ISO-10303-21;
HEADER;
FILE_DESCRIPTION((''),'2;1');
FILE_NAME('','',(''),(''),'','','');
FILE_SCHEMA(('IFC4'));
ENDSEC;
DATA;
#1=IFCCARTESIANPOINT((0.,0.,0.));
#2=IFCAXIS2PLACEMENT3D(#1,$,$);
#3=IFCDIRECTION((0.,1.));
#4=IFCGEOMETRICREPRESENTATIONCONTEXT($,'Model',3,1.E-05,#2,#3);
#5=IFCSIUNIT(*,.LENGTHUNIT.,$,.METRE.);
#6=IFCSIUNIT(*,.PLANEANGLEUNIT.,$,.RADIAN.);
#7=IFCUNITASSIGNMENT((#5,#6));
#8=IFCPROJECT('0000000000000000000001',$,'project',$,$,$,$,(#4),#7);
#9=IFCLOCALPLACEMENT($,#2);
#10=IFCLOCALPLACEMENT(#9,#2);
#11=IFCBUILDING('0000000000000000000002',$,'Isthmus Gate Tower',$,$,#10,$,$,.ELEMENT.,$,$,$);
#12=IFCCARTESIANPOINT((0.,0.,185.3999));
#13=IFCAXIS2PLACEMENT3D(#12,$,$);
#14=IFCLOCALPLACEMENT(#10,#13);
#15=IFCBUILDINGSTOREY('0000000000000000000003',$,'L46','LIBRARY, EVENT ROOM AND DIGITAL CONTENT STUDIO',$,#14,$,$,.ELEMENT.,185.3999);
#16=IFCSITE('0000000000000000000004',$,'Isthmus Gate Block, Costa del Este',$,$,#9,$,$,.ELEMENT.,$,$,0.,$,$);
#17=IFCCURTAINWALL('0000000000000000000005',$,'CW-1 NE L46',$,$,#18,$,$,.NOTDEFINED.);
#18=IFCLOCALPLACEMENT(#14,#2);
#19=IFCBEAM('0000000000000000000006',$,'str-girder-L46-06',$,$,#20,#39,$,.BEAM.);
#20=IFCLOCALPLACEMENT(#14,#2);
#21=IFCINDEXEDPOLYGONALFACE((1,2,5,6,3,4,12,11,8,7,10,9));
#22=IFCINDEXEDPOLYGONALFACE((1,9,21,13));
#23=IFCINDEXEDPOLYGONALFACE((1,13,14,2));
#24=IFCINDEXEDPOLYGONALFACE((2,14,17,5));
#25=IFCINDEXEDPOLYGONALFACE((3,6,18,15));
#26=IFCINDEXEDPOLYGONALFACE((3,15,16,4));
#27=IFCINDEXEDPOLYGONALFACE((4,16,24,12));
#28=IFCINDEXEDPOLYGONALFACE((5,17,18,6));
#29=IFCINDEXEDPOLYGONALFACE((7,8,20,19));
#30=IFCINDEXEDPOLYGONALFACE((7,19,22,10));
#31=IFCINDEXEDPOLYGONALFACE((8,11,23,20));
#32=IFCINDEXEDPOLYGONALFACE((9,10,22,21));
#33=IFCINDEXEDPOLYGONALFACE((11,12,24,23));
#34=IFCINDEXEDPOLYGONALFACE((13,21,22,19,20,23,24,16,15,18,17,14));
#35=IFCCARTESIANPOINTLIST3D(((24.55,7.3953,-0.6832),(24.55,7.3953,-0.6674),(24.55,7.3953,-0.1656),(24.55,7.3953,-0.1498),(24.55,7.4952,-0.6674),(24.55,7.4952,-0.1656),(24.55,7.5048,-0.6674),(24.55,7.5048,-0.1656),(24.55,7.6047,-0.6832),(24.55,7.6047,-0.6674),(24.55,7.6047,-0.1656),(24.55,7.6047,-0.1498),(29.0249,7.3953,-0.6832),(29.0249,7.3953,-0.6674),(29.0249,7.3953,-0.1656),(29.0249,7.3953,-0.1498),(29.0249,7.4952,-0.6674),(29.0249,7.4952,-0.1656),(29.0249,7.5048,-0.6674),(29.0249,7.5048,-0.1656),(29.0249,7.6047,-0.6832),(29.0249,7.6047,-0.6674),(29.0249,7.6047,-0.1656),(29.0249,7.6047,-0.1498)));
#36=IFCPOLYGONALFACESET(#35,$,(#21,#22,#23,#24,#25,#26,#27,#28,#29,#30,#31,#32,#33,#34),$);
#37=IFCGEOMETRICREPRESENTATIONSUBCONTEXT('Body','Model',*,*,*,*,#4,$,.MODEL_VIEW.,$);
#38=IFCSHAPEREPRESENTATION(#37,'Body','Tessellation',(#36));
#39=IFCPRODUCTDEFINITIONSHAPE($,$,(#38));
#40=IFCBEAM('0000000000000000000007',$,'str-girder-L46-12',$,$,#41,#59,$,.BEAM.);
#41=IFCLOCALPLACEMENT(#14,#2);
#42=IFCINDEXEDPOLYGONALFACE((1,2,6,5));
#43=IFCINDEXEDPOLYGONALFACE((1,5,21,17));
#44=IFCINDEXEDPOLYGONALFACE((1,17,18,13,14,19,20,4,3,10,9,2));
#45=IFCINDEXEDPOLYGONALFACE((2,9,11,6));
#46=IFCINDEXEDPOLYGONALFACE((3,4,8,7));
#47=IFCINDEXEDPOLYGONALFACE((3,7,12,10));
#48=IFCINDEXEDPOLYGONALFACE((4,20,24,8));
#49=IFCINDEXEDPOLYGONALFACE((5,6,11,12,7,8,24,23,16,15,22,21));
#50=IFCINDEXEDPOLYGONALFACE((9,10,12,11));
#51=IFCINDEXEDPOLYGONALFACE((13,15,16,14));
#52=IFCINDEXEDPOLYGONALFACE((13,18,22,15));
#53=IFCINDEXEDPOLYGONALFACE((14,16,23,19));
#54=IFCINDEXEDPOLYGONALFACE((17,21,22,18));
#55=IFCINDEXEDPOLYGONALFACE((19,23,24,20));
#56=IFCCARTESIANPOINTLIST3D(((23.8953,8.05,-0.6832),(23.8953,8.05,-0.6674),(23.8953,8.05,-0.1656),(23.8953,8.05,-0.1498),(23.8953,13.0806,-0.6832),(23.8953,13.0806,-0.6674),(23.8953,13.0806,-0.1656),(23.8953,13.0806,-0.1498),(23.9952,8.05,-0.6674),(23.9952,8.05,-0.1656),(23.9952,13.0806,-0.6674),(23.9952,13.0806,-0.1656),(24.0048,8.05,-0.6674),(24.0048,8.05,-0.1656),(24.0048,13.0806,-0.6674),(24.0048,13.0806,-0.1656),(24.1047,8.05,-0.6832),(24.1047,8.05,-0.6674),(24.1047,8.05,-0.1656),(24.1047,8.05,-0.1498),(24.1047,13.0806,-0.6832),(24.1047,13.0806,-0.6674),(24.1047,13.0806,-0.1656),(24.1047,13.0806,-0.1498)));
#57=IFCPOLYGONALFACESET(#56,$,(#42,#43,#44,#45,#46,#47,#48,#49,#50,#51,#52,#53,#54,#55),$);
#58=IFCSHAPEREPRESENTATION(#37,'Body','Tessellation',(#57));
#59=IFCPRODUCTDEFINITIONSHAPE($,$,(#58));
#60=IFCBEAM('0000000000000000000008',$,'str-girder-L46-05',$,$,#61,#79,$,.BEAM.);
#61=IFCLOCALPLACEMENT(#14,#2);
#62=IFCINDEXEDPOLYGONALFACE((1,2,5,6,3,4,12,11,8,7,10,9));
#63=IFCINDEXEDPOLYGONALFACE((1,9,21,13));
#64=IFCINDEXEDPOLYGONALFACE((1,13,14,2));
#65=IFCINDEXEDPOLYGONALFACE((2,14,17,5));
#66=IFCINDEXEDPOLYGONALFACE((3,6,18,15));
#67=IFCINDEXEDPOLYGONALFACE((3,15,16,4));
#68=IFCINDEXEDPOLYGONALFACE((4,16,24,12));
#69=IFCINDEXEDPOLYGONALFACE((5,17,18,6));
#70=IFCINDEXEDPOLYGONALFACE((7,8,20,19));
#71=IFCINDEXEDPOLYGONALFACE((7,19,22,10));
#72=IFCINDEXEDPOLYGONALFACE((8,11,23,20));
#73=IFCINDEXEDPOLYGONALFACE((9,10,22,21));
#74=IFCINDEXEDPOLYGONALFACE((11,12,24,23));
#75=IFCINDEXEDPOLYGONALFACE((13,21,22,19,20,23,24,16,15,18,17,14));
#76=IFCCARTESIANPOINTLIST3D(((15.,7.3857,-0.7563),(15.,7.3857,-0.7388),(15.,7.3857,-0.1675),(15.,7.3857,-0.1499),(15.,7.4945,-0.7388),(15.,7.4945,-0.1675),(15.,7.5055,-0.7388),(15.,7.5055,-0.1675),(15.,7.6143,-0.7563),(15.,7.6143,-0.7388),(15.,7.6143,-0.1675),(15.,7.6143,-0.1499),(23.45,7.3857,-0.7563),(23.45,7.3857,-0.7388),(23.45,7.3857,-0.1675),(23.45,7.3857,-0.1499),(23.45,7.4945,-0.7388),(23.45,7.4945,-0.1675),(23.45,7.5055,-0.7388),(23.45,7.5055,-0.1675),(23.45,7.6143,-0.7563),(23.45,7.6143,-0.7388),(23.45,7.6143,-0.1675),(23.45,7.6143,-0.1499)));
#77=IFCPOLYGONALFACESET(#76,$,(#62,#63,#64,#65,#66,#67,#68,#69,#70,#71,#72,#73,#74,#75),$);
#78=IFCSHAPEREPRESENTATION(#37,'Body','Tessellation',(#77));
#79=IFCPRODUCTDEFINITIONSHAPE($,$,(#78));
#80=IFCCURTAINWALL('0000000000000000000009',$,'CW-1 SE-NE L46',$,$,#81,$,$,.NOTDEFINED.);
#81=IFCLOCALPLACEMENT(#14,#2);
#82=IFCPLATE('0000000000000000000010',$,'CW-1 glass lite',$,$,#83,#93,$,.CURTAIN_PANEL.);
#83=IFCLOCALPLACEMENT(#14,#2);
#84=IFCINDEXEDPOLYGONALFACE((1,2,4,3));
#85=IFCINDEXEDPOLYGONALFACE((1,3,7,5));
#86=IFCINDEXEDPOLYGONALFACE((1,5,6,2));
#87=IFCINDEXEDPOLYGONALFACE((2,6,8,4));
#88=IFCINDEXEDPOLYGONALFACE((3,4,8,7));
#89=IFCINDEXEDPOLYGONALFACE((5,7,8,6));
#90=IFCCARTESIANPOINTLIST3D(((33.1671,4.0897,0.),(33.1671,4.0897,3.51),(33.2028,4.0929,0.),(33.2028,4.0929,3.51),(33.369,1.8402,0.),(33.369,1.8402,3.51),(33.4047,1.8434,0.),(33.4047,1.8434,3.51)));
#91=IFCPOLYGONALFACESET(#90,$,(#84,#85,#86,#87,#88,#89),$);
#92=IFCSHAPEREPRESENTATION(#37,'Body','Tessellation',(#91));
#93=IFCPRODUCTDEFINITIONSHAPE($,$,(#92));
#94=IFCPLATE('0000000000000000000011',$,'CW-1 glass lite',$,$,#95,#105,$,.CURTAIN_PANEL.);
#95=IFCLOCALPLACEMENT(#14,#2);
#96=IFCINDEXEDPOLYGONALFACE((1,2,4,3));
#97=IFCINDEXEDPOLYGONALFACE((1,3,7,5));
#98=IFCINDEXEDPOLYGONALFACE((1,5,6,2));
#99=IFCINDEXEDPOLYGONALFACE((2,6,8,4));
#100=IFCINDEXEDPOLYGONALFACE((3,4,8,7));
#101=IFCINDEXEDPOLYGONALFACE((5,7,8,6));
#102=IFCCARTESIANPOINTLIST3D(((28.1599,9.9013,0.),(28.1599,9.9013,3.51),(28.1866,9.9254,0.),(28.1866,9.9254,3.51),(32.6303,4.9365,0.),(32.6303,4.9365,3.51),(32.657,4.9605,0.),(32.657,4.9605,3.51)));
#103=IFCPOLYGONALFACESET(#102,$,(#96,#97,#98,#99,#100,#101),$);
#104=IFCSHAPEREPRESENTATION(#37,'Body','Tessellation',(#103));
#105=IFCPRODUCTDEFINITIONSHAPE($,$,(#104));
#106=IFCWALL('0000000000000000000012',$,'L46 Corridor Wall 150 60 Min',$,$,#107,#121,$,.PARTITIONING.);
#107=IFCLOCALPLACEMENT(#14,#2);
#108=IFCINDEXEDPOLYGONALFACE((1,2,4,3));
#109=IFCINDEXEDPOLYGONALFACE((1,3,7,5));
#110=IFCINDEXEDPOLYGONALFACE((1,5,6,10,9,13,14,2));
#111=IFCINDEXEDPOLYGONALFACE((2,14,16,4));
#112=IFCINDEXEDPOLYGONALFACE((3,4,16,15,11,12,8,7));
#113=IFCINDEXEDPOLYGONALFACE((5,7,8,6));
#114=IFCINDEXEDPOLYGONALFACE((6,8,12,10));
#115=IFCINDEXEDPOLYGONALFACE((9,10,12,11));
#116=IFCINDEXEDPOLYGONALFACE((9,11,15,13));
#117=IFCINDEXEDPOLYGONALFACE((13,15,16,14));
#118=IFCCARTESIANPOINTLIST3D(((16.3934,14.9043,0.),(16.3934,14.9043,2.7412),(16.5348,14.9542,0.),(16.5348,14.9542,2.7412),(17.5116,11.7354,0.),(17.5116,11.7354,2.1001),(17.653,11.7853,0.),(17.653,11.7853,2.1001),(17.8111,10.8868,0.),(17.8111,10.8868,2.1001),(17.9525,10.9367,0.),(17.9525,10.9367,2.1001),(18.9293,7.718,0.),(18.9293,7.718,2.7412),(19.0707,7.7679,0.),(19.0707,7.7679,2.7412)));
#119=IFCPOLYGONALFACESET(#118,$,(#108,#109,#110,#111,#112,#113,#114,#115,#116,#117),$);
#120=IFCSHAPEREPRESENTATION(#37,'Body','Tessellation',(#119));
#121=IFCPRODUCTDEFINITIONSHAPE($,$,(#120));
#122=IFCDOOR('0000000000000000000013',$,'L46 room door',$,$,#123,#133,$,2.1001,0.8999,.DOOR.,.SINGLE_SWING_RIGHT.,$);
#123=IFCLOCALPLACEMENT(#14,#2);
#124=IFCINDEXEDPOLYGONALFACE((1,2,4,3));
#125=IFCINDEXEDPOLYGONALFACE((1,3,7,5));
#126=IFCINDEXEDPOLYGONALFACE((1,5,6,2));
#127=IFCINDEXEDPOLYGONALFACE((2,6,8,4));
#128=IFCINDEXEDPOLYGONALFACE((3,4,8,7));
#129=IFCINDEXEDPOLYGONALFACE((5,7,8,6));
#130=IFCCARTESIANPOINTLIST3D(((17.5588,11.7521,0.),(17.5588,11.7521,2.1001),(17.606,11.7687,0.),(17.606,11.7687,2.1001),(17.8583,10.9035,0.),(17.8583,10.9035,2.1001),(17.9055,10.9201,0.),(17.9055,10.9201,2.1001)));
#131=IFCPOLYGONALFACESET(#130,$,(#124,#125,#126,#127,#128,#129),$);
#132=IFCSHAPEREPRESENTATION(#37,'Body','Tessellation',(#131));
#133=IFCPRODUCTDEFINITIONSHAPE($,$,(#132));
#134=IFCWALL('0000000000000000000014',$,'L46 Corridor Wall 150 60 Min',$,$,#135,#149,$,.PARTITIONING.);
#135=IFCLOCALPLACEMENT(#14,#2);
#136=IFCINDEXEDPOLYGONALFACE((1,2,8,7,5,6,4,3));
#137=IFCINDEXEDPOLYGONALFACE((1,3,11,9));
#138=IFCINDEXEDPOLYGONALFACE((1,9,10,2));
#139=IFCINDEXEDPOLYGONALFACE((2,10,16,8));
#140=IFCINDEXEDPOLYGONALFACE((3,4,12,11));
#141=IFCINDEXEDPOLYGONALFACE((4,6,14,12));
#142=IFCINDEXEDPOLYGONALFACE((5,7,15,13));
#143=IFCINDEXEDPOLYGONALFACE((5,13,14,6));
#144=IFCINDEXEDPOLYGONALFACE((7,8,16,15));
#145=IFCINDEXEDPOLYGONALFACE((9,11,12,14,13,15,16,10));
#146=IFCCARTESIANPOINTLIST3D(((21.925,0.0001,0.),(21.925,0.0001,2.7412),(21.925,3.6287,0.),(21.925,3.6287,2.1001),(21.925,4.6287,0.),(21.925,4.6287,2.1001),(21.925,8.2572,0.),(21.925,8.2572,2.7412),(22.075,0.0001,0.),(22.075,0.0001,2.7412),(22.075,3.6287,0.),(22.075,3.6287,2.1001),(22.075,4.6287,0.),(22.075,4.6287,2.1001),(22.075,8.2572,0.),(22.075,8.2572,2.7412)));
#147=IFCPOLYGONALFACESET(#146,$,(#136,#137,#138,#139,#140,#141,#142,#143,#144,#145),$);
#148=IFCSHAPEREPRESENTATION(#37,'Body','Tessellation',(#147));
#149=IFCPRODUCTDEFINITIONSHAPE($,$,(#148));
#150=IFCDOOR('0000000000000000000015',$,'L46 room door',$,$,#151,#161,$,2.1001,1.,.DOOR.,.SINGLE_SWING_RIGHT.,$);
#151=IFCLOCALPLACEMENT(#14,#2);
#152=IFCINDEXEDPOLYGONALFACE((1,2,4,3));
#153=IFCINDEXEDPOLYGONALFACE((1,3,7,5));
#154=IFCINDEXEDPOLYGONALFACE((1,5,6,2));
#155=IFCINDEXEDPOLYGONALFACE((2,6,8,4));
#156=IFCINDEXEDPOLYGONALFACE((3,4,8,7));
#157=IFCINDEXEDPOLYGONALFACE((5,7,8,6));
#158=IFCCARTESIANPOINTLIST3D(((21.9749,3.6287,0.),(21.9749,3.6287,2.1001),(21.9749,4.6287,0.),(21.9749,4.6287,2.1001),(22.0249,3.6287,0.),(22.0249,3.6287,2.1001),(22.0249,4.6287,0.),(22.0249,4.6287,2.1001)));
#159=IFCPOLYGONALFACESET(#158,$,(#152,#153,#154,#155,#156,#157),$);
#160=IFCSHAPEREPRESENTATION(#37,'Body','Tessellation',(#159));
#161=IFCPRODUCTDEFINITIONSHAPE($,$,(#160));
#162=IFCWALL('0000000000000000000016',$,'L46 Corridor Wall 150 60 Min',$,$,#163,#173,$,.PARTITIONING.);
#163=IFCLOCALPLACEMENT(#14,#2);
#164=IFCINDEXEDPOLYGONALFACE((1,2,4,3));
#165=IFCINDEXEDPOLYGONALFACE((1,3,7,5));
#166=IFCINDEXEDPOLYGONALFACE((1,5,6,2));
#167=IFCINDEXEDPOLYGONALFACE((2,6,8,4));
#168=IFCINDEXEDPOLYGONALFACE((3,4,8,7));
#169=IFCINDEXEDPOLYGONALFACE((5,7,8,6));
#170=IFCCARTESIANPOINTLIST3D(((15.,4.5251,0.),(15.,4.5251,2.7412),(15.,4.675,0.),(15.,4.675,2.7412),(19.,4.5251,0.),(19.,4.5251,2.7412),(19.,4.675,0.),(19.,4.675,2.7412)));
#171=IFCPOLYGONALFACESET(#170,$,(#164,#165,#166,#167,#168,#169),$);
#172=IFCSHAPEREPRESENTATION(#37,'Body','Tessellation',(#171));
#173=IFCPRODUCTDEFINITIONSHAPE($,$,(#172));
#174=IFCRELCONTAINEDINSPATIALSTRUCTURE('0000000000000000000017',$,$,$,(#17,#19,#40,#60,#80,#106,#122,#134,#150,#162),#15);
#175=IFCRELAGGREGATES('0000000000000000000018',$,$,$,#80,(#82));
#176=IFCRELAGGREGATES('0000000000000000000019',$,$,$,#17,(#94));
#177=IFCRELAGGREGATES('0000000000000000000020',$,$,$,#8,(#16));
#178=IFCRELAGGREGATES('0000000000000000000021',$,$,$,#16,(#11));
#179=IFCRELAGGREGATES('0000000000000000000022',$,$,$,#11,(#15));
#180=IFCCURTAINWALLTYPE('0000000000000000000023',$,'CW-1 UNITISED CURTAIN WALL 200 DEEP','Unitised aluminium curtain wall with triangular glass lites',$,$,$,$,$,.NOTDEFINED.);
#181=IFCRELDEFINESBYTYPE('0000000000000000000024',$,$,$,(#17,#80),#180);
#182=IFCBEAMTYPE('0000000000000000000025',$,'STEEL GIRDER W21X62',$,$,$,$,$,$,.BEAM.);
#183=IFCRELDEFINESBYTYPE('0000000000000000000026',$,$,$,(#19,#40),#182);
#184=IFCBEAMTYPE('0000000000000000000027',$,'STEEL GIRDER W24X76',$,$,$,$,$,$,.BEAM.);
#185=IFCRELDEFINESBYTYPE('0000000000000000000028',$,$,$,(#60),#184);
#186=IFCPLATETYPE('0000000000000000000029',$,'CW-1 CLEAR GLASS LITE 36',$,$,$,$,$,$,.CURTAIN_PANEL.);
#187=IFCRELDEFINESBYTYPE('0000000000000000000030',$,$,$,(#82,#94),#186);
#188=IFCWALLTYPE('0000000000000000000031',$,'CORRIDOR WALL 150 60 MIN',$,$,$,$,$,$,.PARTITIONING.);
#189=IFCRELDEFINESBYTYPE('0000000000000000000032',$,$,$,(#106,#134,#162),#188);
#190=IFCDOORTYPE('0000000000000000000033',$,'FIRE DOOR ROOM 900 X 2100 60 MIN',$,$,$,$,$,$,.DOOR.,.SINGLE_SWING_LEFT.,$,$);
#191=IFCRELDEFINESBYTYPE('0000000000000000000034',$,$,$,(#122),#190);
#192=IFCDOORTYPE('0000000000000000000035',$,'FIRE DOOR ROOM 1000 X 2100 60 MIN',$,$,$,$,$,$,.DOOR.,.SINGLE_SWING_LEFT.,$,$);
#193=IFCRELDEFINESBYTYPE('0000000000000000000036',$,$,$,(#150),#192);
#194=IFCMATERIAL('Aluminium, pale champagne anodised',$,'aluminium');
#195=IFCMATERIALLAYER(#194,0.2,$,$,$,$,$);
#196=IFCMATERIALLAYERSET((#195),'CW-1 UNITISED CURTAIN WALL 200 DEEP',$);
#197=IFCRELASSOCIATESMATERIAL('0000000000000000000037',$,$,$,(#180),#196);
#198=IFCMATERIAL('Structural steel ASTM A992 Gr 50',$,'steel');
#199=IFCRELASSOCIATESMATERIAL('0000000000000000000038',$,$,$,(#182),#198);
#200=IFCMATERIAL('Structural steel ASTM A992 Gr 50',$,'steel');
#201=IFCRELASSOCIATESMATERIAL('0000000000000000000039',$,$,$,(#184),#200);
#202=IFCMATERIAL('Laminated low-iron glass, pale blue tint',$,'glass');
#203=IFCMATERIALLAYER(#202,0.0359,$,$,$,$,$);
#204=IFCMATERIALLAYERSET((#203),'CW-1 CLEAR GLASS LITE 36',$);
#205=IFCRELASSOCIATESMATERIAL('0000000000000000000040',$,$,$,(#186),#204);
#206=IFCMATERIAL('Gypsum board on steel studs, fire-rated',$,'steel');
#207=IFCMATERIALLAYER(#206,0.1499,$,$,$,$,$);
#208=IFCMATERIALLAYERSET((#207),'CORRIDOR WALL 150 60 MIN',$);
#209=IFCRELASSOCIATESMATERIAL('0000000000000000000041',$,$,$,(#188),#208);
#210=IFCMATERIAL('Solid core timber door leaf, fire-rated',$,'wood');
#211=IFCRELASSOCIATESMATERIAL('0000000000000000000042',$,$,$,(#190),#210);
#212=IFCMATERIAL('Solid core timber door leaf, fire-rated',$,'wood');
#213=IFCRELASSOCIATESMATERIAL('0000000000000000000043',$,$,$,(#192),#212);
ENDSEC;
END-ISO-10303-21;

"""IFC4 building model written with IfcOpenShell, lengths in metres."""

from ifc_helpers import new_model, si_unit, direction, frame, frame_2d, origin, origin_2d, place, context, subcontext, project, spatial, rectangle, i_section, extrude, material, layer, layer_set, material_profile, profile_set, type_object, element, fill, aggregate, save


model = new_model("IFC4")

# Units and contexts
model_context = context("Model", 3, precision=1e-05, world=origin(), true_north=direction((0.0, 1.0)))
body_context = subcontext(model_context, "Body", "Model", "MODEL_VIEW")
ifc_project = project(units=[si_unit("LENGTHUNIT", "METRE"), si_unit("PLANEANGLEUNIT", "RADIAN")], contexts=[model_context])

# Site, building, storey
site_placement = place(None, origin())
site = spatial("IfcSite", under=ifc_project, at=site_placement, Name="Isthmus Gate Block, Costa del Este", CompositionType="ELEMENT", RefElevation=0.0)
building_placement = place(site_placement, origin())
building = spatial("IfcBuilding", under=site, at=building_placement, Name="Isthmus Gate Tower", CompositionType="ELEMENT")
storey_placement = place(building_placement, frame((0.0, 0.0, 185.3999)))
storey = spatial("IfcBuildingStorey", under=building, at=storey_placement, Name="L46", Description="LIBRARY, EVENT ROOM AND DIGITAL CONTENT STUDIO", CompositionType="ELEMENT", Elevation=185.3999)

# Curtain wall
ifc_material_1 = material(Name="Aluminium, pale champagne anodised", Category="aluminium")
ifc_layer_1 = layer(ifc_material_1, 0.2)
ifc_layer_set_1 = layer_set([ifc_layer_1], Name="CW-1 UNITISED CURTAIN WALL 200 DEEP")
curtain_wall_type = type_object("IfcCurtainWallType", Name="CW-1 UNITISED CURTAIN WALL 200 DEEP", Description="Unitised aluminium curtain wall with triangular glass lites", PredefinedType="NOTDEFINED", material=ifc_layer_set_1)
curtain_wall_1_placement = place(storey_placement, origin())
curtain_wall_1 = element("IfcCurtainWall", 1, at=curtain_wall_1_placement, inside=storey, type_object=curtain_wall_type, Name="CW-1 NE L46", PredefinedType="NOTDEFINED")

# Beams
ifc_material_2 = material(Name="Structural steel ASTM A992 Gr 50", Category="steel")
ifc_material_profile_1 = material_profile(ifc_material_2, i_section(OverallWidth=0.2095, OverallDepth=0.5334, WebThickness=0.0095, FlangeThickness=0.0159, at=origin_2d()), Name="W21X62")
ifc_profile_set_1 = profile_set([ifc_material_profile_1], Name="Structural steel ASTM A992 Gr 50")
beam_type_1 = type_object("IfcBeamType", Name="STEEL GIRDER W21X62", PredefinedType="BEAM", material=ifc_profile_set_1)
beam_1_placement = place(storey_placement, frame((24.55, 7.5, -0.4165), z_axis=(1.0, 0.0, 0.0), x_axis=(0.0, 1.0, 0.0)))
element("IfcBeam", 2, at=beam_1_placement, inside=storey, type_object=beam_type_1, Name="str-girder-L46-06", PredefinedType="BEAM", context=body_context, shape_type="SweptSolid", body=[
    extrude(i_section(OverallWidth=0.2095, OverallDepth=0.5334, WebThickness=0.0095, FlangeThickness=0.0159, at=origin_2d()), origin(), (0.0, 0.0, 1.0), 4.4749),
])
beam_2_placement = place(storey_placement, frame((24.0, 8.05, -0.4165), z_axis=(0.0, 1.0, 0.0), x_axis=(-1.0, 0.0, 0.0)))
element("IfcBeam", 3, at=beam_2_placement, inside=storey, type_object=beam_type_1, Name="str-girder-L46-12", PredefinedType="BEAM", context=body_context, shape_type="SweptSolid", body=[
    extrude(i_section(OverallWidth=0.2095, OverallDepth=0.5334, WebThickness=0.0095, FlangeThickness=0.0159, at=origin_2d()), origin(), (0.0, 0.0, 1.0), 5.0305),
])
ifc_material_3 = material(Name="Structural steel ASTM A992 Gr 50", Category="steel")
ifc_material_profile_2 = material_profile(ifc_material_3, i_section(OverallWidth=0.2285, OverallDepth=0.6064, WebThickness=0.011, FlangeThickness=0.0176, at=origin_2d()), Name="W24X76")
ifc_profile_set_2 = profile_set([ifc_material_profile_2], Name="Structural steel ASTM A992 Gr 50")
beam_type_2 = type_object("IfcBeamType", Name="STEEL GIRDER W24X76", PredefinedType="BEAM", material=ifc_profile_set_2)
beam_3_placement = place(storey_placement, frame((15.0, 7.5, -0.4531), z_axis=(1.0, 0.0, 0.0), x_axis=(0.0, 1.0, 0.0)))
element("IfcBeam", 4, at=beam_3_placement, inside=storey, type_object=beam_type_2, Name="str-girder-L46-05", PredefinedType="BEAM", context=body_context, shape_type="SweptSolid", body=[
    extrude(i_section(OverallWidth=0.2285, OverallDepth=0.6064, WebThickness=0.011, FlangeThickness=0.0176, at=origin_2d()), origin(), (0.0, 0.0, 1.0), 8.45),
])

# Curtain wall, plate
curtain_wall_2_placement = place(storey_placement, origin())
curtain_wall_2 = element("IfcCurtainWall", 5, at=curtain_wall_2_placement, inside=storey, type_object=curtain_wall_type, Name="CW-1 SE-NE L46", PredefinedType="NOTDEFINED")
ifc_material_4 = material(Name="Laminated low-iron glass, pale blue tint", Category="glass")
ifc_layer_2 = layer(ifc_material_4, 0.0359)
ifc_layer_set_2 = layer_set([ifc_layer_2], Name="CW-1 CLEAR GLASS LITE 36")
plate_type = type_object("IfcPlateType", Name="CW-1 CLEAR GLASS LITE 36", PredefinedType="CURTAIN_PANEL", material=ifc_layer_set_2)
plate_1_placement = place(storey_placement, frame((33.2859, 2.9666, 0.0), z_axis=(0.0, 0.0, 1.0), x_axis=(-0.089397, 0.995996, 0.0)))
plate_1 = element("IfcPlate", 6, at=plate_1_placement, type_object=plate_type, Name="CW-1 glass lite", PredefinedType="CURTAIN_PANEL", context=body_context, shape_type="SweptSolid", body=[
    extrude(rectangle(XDim=2.2585, YDim=0.0359, at=origin_2d()), origin(), (0.0, 0.0, 1.0), 3.51),
])
aggregate(curtain_wall_2, [plate_1])

# Plate
plate_2_placement = place(storey_placement, frame((30.4084, 7.4309, 0.0), z_axis=(0.0, 0.0, 1.0), x_axis=(-0.669131, 0.743145, 0.0)))
plate_2 = element("IfcPlate", 7, at=plate_2_placement, type_object=plate_type, Name="CW-1 glass lite", PredefinedType="CURTAIN_PANEL", context=body_context, shape_type="SweptSolid", body=[
    extrude(rectangle(XDim=6.6809, YDim=0.0359, at=origin_2d()), origin(), (0.0, 0.0, 1.0), 3.51),
])
aggregate(curtain_wall_1, [plate_2])

# Walls, openings, doors
ifc_material_5 = material(Name="Gypsum board on steel studs, fire-rated", Category="steel")
ifc_layer_3 = layer(ifc_material_5, 0.1499)
ifc_layer_set_3 = layer_set([ifc_layer_3], Name="CORRIDOR WALL 150 60 MIN")
wall_type = type_object("IfcWallType", Name="CORRIDOR WALL 150 60 MIN", PredefinedType="PARTITIONING", material=ifc_layer_set_3)
wall_1_placement = place(storey_placement, frame((19.0, 7.7429, 0.0), z_axis=(0.0, 0.0, 1.0), x_axis=(-0.332768, 0.943009, 0.0)))
wall_1 = element("IfcWall", 8, at=wall_1_placement, inside=storey, type_object=wall_type, Name="L46 Corridor Wall 150 60 Min", PredefinedType="PARTITIONING", context=body_context, shape_type="SweptSolid", body=[
    extrude(rectangle(XDim=7.6206, YDim=0.1499, at=frame_2d((3.8103, 0.0))), origin(), (0.0, 0.0, 1.0), 2.7412),
])
opening_1_placement = place(wall_1_placement, frame((3.3604, 0.0, 0.0)))
opening_1 = element("IfcOpeningElement", 9, at=opening_1_placement, cuts=wall_1, PredefinedType="OPENING", context=body_context, shape_type="SweptSolid", body=[
    extrude(rectangle(XDim=0.8999, YDim=2.1001, at=frame_2d((0.45, 1.05))), frame((0.0, 0.085, 0.0), z_axis=(0.0, -1.0, 0.0), x_axis=(1.0, 0.0, 0.0)), (0.0, 0.0, 1.0), 0.1699),
])
ifc_material_6 = material(Name="Solid core timber door leaf, fire-rated", Category="wood")
door_type_1 = type_object("IfcDoorType", Name="FIRE DOOR ROOM 900 X 2100 60 MIN", OperationType="SINGLE_SWING_LEFT", PredefinedType="DOOR", material=ifc_material_6)
door_1_placement = place(opening_1_placement, origin())
door_1 = element("IfcDoor", 10, at=door_1_placement, inside=storey, type_object=door_type_1, Name="L46 room door", OperationType="SINGLE_SWING_RIGHT", OverallHeight=2.1001, OverallWidth=0.8999, PredefinedType="DOOR", context=body_context, shape_type="SweptSolid", body=[
    extrude(rectangle(XDim=0.8999, YDim=2.1001, at=frame_2d((0.45, 1.05))), frame((0.0, 0.0249, 0.0), z_axis=(0.0, -1.0, 0.0), x_axis=(1.0, 0.0, 0.0)), (0.0, 0.0, 1.0), 0.05),
])
fill(opening_1, door_1)
wall_2_placement = place(storey_placement, frame((22.0, 8.2571, 0.0), z_axis=(0.0, 0.0, 1.0), x_axis=(0.0, -1.0, 0.0)))
wall_2 = element("IfcWall", 11, at=wall_2_placement, inside=storey, type_object=wall_type, Name="L46 Corridor Wall 150 60 Min", PredefinedType="PARTITIONING", context=body_context, shape_type="SweptSolid", body=[
    extrude(rectangle(XDim=8.2571, YDim=0.1499, at=frame_2d((4.1284, 0.0))), origin(), (0.0, 0.0, 1.0), 2.7412),
])
opening_2_placement = place(wall_2_placement, frame((3.6284, 0.0, 0.0)))
opening_2 = element("IfcOpeningElement", 12, at=opening_2_placement, cuts=wall_2, PredefinedType="OPENING", context=body_context, shape_type="SweptSolid", body=[
    extrude(rectangle(XDim=1.0, YDim=2.1001, at=frame_2d((0.5, 1.05))), frame((0.0, 0.085, 0.0), z_axis=(0.0, -1.0, 0.0), x_axis=(1.0, 0.0, 0.0)), (0.0, 0.0, 1.0), 0.1699),
])
ifc_material_7 = material(Name="Solid core timber door leaf, fire-rated", Category="wood")
door_type_2 = type_object("IfcDoorType", Name="FIRE DOOR ROOM 1000 X 2100 60 MIN", OperationType="SINGLE_SWING_LEFT", PredefinedType="DOOR", material=ifc_material_7)
door_2_placement = place(opening_2_placement, origin())
door_2 = element("IfcDoor", 13, at=door_2_placement, inside=storey, type_object=door_type_2, Name="L46 room door", OperationType="SINGLE_SWING_RIGHT", OverallHeight=2.1001, OverallWidth=1.0, PredefinedType="DOOR", context=body_context, shape_type="SweptSolid", body=[
    extrude(rectangle(XDim=1.0, YDim=2.1001, at=frame_2d((0.5, 1.05))), frame((0.0, 0.0249, 0.0), z_axis=(0.0, -1.0, 0.0), x_axis=(1.0, 0.0, 0.0)), (0.0, 0.0, 1.0), 0.05),
])
fill(opening_2, door_2)

# Wall
wall_3_placement = place(storey_placement, frame((15.0, 4.6001, 0.0), z_axis=(0.0, 0.0, 1.0), x_axis=(1.0, 0.0, 0.0)))
element("IfcWall", 14, at=wall_3_placement, inside=storey, type_object=wall_type, Name="L46 Corridor Wall 150 60 Min", PredefinedType="PARTITIONING", context=body_context, shape_type="SweptSolid", body=[
    extrude(rectangle(XDim=4.0, YDim=0.1499, at=frame_2d((2.0, 0.0))), origin(), (0.0, 0.0, 1.0), 2.7412),
])

save(model, "model.ifc")
